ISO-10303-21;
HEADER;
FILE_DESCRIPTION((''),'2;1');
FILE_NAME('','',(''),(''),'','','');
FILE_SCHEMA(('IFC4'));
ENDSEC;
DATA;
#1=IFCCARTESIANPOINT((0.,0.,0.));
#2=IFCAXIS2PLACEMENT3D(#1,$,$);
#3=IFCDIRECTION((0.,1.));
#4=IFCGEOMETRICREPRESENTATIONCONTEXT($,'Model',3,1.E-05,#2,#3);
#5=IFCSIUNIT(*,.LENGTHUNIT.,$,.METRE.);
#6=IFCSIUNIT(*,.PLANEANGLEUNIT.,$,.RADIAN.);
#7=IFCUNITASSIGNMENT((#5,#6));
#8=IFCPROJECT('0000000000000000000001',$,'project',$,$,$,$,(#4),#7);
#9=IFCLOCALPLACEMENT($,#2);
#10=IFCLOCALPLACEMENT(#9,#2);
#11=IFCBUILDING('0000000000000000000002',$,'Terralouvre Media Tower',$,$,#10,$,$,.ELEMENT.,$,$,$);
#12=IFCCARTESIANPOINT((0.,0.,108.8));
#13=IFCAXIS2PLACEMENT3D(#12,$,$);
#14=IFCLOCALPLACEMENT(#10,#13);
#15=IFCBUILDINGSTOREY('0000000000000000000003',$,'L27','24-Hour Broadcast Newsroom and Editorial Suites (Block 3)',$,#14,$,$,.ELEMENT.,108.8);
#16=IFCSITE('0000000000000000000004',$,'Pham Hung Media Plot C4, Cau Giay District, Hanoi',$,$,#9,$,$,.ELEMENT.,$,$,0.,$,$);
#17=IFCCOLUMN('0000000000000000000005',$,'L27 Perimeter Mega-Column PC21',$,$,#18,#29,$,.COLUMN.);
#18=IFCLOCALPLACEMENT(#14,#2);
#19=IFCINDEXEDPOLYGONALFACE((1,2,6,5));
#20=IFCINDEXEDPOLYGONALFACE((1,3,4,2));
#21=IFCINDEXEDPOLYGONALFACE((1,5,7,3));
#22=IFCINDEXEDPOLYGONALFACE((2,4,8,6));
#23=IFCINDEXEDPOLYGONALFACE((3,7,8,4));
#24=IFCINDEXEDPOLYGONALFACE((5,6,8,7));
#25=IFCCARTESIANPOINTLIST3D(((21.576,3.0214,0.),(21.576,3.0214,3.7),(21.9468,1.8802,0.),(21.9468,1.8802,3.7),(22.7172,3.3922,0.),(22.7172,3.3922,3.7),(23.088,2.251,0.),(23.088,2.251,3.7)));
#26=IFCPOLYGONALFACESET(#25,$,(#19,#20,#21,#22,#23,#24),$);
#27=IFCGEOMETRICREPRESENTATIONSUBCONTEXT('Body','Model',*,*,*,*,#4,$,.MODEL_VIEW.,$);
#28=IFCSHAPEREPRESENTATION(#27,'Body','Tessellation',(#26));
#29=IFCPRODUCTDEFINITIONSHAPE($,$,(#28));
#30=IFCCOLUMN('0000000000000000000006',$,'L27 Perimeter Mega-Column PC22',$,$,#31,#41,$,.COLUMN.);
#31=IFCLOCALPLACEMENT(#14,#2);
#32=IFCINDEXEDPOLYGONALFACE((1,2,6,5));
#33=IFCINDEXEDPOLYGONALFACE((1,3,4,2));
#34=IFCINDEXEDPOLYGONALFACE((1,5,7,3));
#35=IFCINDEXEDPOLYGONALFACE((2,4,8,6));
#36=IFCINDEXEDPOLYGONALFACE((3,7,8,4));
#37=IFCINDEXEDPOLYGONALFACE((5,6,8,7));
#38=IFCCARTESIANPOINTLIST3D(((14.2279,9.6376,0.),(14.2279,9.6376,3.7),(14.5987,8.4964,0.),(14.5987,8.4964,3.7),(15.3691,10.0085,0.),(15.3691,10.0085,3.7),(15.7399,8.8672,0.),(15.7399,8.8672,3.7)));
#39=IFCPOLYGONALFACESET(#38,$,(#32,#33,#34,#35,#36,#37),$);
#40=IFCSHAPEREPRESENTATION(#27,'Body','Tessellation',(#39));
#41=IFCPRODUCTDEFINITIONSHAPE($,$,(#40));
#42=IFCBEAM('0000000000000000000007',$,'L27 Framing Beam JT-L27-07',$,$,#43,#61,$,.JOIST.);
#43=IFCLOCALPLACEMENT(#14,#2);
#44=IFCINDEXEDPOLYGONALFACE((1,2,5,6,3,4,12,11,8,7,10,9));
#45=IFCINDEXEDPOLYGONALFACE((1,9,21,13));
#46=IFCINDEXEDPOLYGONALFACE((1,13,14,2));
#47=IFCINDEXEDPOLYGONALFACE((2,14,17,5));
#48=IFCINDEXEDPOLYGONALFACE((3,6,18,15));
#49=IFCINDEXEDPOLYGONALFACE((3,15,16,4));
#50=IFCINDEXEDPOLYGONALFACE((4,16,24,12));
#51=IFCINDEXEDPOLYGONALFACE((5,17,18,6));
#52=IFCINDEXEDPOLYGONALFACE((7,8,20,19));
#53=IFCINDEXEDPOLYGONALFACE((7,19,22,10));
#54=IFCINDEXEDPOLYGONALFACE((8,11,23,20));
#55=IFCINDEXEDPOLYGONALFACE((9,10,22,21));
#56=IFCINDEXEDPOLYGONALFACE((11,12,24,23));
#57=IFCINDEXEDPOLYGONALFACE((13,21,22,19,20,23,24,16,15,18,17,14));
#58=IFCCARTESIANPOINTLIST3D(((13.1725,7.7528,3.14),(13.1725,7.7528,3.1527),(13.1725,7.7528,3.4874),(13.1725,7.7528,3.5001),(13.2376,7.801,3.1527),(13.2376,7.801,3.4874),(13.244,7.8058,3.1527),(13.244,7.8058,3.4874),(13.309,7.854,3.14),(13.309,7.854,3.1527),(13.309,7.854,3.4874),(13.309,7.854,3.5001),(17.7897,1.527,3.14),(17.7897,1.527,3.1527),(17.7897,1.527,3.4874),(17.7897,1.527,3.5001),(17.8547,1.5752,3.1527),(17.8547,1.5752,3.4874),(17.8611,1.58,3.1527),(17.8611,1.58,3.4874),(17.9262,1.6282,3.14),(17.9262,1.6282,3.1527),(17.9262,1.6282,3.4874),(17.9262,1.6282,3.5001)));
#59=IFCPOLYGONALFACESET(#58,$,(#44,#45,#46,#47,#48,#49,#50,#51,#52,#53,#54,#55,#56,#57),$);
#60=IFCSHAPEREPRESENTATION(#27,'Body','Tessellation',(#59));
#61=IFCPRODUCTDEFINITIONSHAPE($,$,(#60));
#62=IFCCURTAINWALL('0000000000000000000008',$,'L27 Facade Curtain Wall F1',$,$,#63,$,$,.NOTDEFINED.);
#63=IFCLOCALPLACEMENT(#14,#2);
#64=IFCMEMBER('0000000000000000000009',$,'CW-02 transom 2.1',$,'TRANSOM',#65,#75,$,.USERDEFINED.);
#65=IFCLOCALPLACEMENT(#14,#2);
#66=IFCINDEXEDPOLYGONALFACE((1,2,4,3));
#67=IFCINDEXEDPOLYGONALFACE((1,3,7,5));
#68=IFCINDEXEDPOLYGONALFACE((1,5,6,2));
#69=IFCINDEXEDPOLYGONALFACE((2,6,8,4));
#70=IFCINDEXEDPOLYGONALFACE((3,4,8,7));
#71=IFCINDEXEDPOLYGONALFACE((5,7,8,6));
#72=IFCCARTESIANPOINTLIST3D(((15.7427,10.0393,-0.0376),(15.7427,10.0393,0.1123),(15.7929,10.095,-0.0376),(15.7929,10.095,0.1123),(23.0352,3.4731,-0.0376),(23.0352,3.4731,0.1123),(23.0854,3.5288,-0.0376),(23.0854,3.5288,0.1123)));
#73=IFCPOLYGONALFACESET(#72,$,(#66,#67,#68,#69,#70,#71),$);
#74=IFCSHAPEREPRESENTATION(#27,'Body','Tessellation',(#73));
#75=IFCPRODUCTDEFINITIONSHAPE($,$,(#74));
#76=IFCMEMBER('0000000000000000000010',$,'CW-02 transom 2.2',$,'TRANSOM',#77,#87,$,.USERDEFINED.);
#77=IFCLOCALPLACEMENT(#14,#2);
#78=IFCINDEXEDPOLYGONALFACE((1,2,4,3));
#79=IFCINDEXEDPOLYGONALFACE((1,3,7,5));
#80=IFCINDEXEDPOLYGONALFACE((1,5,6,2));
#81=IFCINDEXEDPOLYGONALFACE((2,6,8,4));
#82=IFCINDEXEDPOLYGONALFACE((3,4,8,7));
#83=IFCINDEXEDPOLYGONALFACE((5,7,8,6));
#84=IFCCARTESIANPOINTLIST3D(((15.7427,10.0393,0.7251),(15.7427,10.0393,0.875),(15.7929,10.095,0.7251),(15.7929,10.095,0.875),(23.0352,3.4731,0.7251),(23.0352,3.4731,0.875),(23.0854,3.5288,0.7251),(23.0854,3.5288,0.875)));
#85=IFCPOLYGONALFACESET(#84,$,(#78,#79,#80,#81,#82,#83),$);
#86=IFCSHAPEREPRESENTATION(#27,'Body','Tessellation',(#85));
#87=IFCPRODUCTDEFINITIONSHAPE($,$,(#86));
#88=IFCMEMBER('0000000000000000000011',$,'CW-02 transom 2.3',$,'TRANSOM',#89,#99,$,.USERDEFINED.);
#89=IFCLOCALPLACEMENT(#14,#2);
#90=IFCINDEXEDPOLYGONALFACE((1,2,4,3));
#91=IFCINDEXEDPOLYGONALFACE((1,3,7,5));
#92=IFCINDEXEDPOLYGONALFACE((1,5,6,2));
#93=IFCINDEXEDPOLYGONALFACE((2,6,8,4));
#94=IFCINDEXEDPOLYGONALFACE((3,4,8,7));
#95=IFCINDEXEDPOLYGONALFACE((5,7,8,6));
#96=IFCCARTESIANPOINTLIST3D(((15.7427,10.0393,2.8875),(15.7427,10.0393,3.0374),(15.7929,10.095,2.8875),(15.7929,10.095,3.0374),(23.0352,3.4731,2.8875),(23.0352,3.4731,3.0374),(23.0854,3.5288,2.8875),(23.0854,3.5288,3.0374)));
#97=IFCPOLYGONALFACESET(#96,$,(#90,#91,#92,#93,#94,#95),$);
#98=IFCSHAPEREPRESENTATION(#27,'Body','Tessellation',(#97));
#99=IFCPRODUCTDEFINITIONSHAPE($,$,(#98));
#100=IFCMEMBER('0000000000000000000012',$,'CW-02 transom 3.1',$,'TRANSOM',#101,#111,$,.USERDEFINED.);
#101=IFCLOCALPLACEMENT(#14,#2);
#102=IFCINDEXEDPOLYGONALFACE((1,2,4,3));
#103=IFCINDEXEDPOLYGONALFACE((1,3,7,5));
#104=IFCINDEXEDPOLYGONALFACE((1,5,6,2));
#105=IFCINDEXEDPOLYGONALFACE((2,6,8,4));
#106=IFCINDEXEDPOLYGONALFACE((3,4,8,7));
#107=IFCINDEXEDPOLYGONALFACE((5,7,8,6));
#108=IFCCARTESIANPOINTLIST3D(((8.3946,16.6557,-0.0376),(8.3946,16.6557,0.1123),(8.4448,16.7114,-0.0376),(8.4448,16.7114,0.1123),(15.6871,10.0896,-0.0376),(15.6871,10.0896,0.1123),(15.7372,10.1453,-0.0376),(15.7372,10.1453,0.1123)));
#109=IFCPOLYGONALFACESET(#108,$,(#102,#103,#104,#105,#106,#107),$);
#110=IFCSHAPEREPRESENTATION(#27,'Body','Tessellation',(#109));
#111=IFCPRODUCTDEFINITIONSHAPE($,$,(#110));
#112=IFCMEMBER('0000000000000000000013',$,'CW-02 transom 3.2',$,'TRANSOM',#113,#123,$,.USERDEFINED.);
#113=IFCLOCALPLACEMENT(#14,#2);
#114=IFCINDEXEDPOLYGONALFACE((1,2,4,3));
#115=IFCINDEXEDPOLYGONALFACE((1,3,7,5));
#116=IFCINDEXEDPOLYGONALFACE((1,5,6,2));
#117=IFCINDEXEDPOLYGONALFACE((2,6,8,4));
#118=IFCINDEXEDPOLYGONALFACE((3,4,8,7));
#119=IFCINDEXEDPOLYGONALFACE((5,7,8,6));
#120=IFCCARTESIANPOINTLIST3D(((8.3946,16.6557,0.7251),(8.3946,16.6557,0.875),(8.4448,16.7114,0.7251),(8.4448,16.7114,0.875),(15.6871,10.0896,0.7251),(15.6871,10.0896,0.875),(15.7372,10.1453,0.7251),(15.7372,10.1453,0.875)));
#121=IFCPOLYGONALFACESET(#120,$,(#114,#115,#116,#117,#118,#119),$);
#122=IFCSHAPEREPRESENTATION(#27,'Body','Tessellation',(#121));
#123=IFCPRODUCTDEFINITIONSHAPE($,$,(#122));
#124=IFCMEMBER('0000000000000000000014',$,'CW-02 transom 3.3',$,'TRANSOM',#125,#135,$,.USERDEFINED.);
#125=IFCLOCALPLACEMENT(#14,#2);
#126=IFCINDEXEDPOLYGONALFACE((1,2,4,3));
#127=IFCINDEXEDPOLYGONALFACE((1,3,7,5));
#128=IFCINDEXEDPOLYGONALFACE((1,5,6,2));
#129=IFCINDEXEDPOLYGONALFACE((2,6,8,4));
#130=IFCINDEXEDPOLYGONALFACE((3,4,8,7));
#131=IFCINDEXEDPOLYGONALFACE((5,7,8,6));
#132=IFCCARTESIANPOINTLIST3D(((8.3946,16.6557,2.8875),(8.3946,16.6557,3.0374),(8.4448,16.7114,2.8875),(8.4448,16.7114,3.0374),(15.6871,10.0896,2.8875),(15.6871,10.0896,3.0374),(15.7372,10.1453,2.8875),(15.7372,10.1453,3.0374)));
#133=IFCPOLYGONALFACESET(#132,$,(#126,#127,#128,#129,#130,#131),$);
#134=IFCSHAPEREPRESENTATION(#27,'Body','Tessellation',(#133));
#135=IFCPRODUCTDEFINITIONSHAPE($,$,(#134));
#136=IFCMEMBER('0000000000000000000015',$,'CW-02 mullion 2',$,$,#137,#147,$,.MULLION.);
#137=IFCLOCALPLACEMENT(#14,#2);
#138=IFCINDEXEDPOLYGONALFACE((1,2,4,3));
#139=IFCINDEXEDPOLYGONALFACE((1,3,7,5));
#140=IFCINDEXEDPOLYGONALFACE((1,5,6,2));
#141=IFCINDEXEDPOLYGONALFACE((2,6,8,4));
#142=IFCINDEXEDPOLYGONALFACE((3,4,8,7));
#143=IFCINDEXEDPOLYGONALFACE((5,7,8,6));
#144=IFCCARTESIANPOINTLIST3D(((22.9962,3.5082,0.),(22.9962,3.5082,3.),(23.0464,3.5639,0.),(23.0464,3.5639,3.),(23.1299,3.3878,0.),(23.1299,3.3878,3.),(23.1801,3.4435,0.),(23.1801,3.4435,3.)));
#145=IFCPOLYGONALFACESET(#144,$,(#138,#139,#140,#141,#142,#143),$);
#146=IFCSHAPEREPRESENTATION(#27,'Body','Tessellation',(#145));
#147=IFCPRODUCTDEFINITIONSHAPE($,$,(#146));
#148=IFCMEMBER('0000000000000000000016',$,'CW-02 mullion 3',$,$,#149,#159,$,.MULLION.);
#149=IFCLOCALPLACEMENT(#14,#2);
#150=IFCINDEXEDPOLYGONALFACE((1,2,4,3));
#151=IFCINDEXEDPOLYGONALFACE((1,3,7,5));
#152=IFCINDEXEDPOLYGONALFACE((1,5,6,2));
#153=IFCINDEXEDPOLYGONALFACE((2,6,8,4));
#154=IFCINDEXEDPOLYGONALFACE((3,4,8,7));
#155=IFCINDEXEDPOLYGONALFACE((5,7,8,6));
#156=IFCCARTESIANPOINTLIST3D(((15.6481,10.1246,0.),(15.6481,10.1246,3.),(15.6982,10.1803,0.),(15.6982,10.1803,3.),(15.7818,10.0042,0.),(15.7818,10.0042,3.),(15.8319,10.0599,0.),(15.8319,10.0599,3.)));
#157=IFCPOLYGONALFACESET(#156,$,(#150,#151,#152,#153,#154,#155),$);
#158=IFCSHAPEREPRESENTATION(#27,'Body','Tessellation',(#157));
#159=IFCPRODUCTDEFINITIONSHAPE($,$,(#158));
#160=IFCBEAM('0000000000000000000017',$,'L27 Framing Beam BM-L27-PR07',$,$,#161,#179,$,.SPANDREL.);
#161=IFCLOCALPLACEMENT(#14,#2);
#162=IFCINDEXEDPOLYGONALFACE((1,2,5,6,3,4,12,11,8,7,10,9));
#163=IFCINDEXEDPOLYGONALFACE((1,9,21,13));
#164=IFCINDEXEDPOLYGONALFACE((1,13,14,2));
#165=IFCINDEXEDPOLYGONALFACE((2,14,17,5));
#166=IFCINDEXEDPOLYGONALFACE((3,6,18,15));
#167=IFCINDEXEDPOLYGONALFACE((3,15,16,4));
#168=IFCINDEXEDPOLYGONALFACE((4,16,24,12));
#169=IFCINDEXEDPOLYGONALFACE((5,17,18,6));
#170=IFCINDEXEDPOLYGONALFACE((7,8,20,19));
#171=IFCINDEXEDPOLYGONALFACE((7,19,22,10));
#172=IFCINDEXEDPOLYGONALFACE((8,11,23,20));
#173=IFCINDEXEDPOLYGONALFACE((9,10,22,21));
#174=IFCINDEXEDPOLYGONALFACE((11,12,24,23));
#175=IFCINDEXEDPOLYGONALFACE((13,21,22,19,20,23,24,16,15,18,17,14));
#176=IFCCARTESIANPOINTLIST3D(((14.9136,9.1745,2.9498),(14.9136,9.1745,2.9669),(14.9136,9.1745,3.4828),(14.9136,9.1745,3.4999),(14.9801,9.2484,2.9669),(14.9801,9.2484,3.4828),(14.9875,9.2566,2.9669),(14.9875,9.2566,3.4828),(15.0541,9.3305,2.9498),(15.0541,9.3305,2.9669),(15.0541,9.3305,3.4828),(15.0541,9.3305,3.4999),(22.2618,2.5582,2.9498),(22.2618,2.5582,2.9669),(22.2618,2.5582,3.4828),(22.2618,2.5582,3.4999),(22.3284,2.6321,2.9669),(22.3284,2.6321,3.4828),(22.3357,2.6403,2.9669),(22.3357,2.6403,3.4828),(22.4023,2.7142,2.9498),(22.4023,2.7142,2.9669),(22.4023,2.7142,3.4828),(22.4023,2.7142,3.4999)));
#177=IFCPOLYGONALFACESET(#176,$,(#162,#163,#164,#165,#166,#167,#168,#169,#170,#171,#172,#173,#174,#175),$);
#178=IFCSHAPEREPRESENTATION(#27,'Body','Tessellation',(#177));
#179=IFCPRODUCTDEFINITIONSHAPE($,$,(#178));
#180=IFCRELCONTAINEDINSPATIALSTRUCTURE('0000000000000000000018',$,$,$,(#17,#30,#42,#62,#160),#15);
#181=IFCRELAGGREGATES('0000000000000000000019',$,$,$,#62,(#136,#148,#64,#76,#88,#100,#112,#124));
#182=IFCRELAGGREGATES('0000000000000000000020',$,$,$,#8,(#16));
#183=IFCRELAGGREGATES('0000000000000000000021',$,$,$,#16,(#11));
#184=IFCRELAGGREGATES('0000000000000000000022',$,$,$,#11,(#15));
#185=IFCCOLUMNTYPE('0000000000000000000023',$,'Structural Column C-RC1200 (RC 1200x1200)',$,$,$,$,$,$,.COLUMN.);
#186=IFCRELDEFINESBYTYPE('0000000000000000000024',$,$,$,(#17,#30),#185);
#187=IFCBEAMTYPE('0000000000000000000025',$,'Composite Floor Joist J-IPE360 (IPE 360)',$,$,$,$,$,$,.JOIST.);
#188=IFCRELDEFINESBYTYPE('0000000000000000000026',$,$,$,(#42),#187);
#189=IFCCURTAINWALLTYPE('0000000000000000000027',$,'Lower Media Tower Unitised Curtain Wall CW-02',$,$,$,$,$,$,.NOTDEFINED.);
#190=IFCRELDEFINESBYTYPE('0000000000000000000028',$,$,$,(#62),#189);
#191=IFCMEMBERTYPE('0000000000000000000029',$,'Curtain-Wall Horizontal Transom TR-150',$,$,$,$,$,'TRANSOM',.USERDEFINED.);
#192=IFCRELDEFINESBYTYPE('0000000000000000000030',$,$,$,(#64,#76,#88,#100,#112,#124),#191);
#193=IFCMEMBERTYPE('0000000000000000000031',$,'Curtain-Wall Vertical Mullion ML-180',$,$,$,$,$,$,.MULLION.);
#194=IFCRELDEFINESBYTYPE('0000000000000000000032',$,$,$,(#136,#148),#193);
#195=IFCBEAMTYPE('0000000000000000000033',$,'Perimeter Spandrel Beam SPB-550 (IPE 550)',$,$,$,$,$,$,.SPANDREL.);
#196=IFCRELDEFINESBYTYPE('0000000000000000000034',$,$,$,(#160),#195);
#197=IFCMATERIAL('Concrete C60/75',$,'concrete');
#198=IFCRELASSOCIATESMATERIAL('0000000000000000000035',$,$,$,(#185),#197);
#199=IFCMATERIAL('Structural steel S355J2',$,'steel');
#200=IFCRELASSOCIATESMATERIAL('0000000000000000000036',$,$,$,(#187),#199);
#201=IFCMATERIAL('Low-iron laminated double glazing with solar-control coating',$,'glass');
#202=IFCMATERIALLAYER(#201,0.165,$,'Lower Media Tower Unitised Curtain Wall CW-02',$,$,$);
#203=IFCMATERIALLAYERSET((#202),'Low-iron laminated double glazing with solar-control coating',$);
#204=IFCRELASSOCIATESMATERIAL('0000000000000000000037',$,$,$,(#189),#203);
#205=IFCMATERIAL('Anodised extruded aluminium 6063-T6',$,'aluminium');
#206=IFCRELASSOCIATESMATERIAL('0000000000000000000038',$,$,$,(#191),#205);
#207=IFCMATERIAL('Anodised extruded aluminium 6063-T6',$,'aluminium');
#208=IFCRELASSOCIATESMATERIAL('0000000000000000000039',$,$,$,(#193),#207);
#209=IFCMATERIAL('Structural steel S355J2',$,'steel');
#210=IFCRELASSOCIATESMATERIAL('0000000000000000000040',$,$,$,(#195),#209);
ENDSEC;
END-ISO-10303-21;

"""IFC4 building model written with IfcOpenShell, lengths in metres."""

from ifc_helpers import new_model, si_unit, direction, frame, origin, origin_2d, place, context, subcontext, project, spatial, rectangle, i_section, extrude, material, layer, layer_set, material_profile, profile_set, type_object, element, aggregate, save


model = new_model("IFC4")

# Units and contexts
model_context = context("Model", 3, precision=1e-05, world=origin(), true_north=direction((0.0, 1.0)))
body_context = subcontext(model_context, "Body", "Model", "MODEL_VIEW")
ifc_project = project(units=[si_unit("LENGTHUNIT", "METRE"), si_unit("PLANEANGLEUNIT", "RADIAN")], contexts=[model_context])

# Site, building, storey
site_placement = place(None, origin())
site = spatial("IfcSite", under=ifc_project, at=site_placement, Name="Pham Hung Media Plot C4, Cau Giay District, Hanoi", CompositionType="ELEMENT", RefElevation=0.0)
building_placement = place(site_placement, origin())
building = spatial("IfcBuilding", under=site, at=building_placement, Name="Terralouvre Media Tower", CompositionType="ELEMENT")
storey_placement = place(building_placement, frame((0.0, 0.0, 108.8)))
storey = spatial("IfcBuildingStorey", under=building, at=storey_placement, Name="L27", Description="24-Hour Broadcast Newsroom and Editorial Suites (Block 3)", CompositionType="ELEMENT", Elevation=108.8)

# Columns
ifc_material_1 = material(Name="Concrete C60/75", Category="concrete")
ifc_material_profile_1 = material_profile(ifc_material_1, rectangle(XDim=1.2, YDim=1.2, at=origin_2d()), Name="RC 1200x1200")
ifc_profile_set_1 = profile_set([ifc_material_profile_1], Name="Concrete C60/75")
column_type = type_object("IfcColumnType", Name="Structural Column C-RC1200 (RC 1200x1200)", PredefinedType="COLUMN", material=ifc_profile_set_1)
for number, where, z_axis, x_axis, name in (
    (1, (22.332, 2.6362, 0.0), (0.0, 0.0, 1.0), (0.951057, 0.309017, 0.0), "L27 Perimeter Mega-Column PC21"),
    (2, (14.9839, 9.2524, 0.0), (0.0, 0.0, 1.0), (0.951057, 0.309017, 0.0), "L27 Perimeter Mega-Column PC22"),
):
    element("IfcColumn", number, at=place(storey_placement, frame(where, z_axis=z_axis, x_axis=x_axis)), inside=storey, type_object=column_type, Name=name, PredefinedType="COLUMN", context=body_context, shape_type="SweptSolid", body=[
        extrude(rectangle(XDim=1.2, YDim=1.2, at=origin_2d()), origin(), (0.0, 0.0, 1.0), 3.7),
    ])

# Beam
ifc_material_2 = material(Name="Structural steel S355J2", Category="steel")
ifc_material_profile_2 = material_profile(ifc_material_2, i_section(OverallWidth=0.1699, OverallDepth=0.3601, WebThickness=0.0081, FlangeThickness=0.0127, at=origin_2d()), Name="IPE 360")
ifc_profile_set_2 = profile_set([ifc_material_profile_2], Name="Structural steel S355J2")
beam_type_1 = type_object("IfcBeamType", Name="Composite Floor Joist J-IPE360 (IPE 360)", PredefinedType="JOIST", material=ifc_profile_set_2)
beam_1_placement = place(storey_placement, frame((17.8579, 1.5776, 3.3201), z_axis=(-0.595682, 0.80322, 0.0), x_axis=(-0.80322, -0.595682, 0.0)))
element("IfcBeam", 3, at=beam_1_placement, inside=storey, type_object=beam_type_1, Name="L27 Framing Beam JT-L27-07", PredefinedType="JOIST", context=body_context, shape_type="SweptSolid", body=[
    extrude(i_section(OverallWidth=0.1699, OverallDepth=0.3601, WebThickness=0.0081, FlangeThickness=0.0127, at=origin_2d()), origin(), (0.0, 0.0, 1.0), 7.751),
])

# Curtain wall, members
ifc_material_3 = material(Name="Low-iron laminated double glazing with solar-control coating", Category="glass")
ifc_layer_1 = layer(ifc_material_3, 0.165, Name="Lower Media Tower Unitised Curtain Wall CW-02")
ifc_layer_set_1 = layer_set([ifc_layer_1], Name="Low-iron laminated double glazing with solar-control coating")
curtain_wall_type = type_object("IfcCurtainWallType", Name="Lower Media Tower Unitised Curtain Wall CW-02", PredefinedType="NOTDEFINED", material=ifc_layer_set_1)
curtain_wall_placement = place(storey_placement, origin())
curtain_wall = element("IfcCurtainWall", 4, at=curtain_wall_placement, inside=storey, type_object=curtain_wall_type, Name="L27 Facade Curtain Wall F1", PredefinedType="NOTDEFINED")
ifc_material_4 = material(Name="Anodised extruded aluminium 6063-T6", Category="aluminium")
ifc_material_profile_3 = material_profile(ifc_material_4, rectangle(XDim=0.075, YDim=0.1499, at=origin_2d()), Name="ALU 75x150")
ifc_profile_set_3 = profile_set([ifc_material_profile_3], Name="Anodised extruded aluminium 6063-T6")
member_type_1 = type_object("IfcMemberType", Name="Curtain-Wall Horizontal Transom TR-150", ElementType="TRANSOM", PredefinedType="USERDEFINED", material=ifc_profile_set_3)
member_1_placement = place(storey_placement, frame((23.0603, 3.501, 0.0374), z_axis=(-0.743146, 0.66913, 0.0), x_axis=(-0.66913, -0.743146, 0.0)))
member_1 = element("IfcMember", 5, at=member_1_placement, type_object=member_type_1, Name="CW-02 transom 2.1", ObjectType="TRANSOM", PredefinedType="USERDEFINED", context=body_context, shape_type="SweptSolid", body=[
    extrude(rectangle(XDim=0.075, YDim=0.1499, at=origin_2d()), origin(), (0.0, 0.0, 1.0), 9.813),
])
member_2_placement = place(storey_placement, frame((23.0603, 3.501, 0.8), z_axis=(-0.743146, 0.66913, 0.0), x_axis=(-0.66913, -0.743146, 0.0)))
member_2 = element("IfcMember", 6, at=member_2_placement, type_object=member_type_1, Name="CW-02 transom 2.2", ObjectType="TRANSOM", PredefinedType="USERDEFINED", context=body_context, shape_type="SweptSolid", body=[
    extrude(rectangle(XDim=0.075, YDim=0.1499, at=origin_2d()), origin(), (0.0, 0.0, 1.0), 9.813),
])
member_3_placement = place(storey_placement, frame((23.0603, 3.501, 2.9624), z_axis=(-0.743146, 0.66913, 0.0), x_axis=(-0.66913, -0.743146, 0.0)))
member_3 = element("IfcMember", 7, at=member_3_placement, type_object=member_type_1, Name="CW-02 transom 2.3", ObjectType="TRANSOM", PredefinedType="USERDEFINED", context=body_context, shape_type="SweptSolid", body=[
    extrude(rectangle(XDim=0.075, YDim=0.1499, at=origin_2d()), origin(), (0.0, 0.0, 1.0), 9.813),
])
member_4_placement = place(storey_placement, frame((15.7122, 10.1174, 0.0374), z_axis=(-0.743146, 0.66913, 0.0), x_axis=(-0.66913, -0.743146, 0.0)))
member_4 = element("IfcMember", 8, at=member_4_placement, type_object=member_type_1, Name="CW-02 transom 3.1", ObjectType="TRANSOM", PredefinedType="USERDEFINED", context=body_context, shape_type="SweptSolid", body=[
    extrude(rectangle(XDim=0.075, YDim=0.1499, at=origin_2d()), origin(), (0.0, 0.0, 1.0), 9.813),
])
member_5_placement = place(storey_placement, frame((15.7122, 10.1174, 0.8), z_axis=(-0.743146, 0.66913, 0.0), x_axis=(-0.66913, -0.743146, 0.0)))
member_5 = element("IfcMember", 9, at=member_5_placement, type_object=member_type_1, Name="CW-02 transom 3.2", ObjectType="TRANSOM", PredefinedType="USERDEFINED", context=body_context, shape_type="SweptSolid", body=[
    extrude(rectangle(XDim=0.075, YDim=0.1499, at=origin_2d()), origin(), (0.0, 0.0, 1.0), 9.813),
])
member_6_placement = place(storey_placement, frame((15.7122, 10.1174, 2.9624), z_axis=(-0.743146, 0.66913, 0.0), x_axis=(-0.66913, -0.743146, 0.0)))
member_6 = element("IfcMember", 10, at=member_6_placement, type_object=member_type_1, Name="CW-02 transom 3.3", ObjectType="TRANSOM", PredefinedType="USERDEFINED", context=body_context, shape_type="SweptSolid", body=[
    extrude(rectangle(XDim=0.075, YDim=0.1499, at=origin_2d()), origin(), (0.0, 0.0, 1.0), 9.813),
])
ifc_material_5 = material(Name="Anodised extruded aluminium 6063-T6", Category="aluminium")
ifc_material_profile_4 = material_profile(ifc_material_5, rectangle(XDim=0.075, YDim=0.1799, at=origin_2d()), Name="ALU 75x180")
ifc_profile_set_4 = profile_set([ifc_material_profile_4], Name="Anodised extruded aluminium 6063-T6")
member_type_2 = type_object("IfcMemberType", Name="Curtain-Wall Vertical Mullion ML-180", PredefinedType="MULLION", material=ifc_profile_set_4)
member_7_placement = place(storey_placement, frame((23.0881, 3.4758, 0.0), z_axis=(0.0, 0.0, 1.0), x_axis=(-0.669131, -0.743145, 0.0)))
member_7 = element("IfcMember", 11, at=member_7_placement, type_object=member_type_2, Name="CW-02 mullion 2", PredefinedType="MULLION", context=body_context, shape_type="SweptSolid", body=[
    extrude(rectangle(XDim=0.075, YDim=0.1799, at=origin_2d()), origin(), (0.0, 0.0, 1.0), 3.0),
])
member_8_placement = place(storey_placement, frame((15.74, 10.0923, 0.0), z_axis=(0.0, 0.0, 1.0), x_axis=(-0.669131, -0.743145, 0.0)))
member_8 = element("IfcMember", 12, at=member_8_placement, type_object=member_type_2, Name="CW-02 mullion 3", PredefinedType="MULLION", context=body_context, shape_type="SweptSolid", body=[
    extrude(rectangle(XDim=0.075, YDim=0.1799, at=origin_2d()), origin(), (0.0, 0.0, 1.0), 3.0),
])

# Beam
ifc_material_6 = material(Name="Structural steel S355J2", Category="steel")
ifc_material_profile_5 = material_profile(ifc_material_6, i_section(OverallWidth=0.21, OverallDepth=0.55, WebThickness=0.011, FlangeThickness=0.0171, at=origin_2d()), Name="IPE 550")
ifc_profile_set_5 = profile_set([ifc_material_profile_5], Name="Structural steel S355J2")
beam_type_2 = type_object("IfcBeamType", Name="Perimeter Spandrel Beam SPB-550 (IPE 550)", PredefinedType="SPANDREL", material=ifc_profile_set_5)
beam_2_placement = place(storey_placement, frame((22.332, 2.6362, 3.2249), z_axis=(-0.743149, 0.669126, 0.0), x_axis=(-0.669126, -0.743149, 0.0)))
element("IfcBeam", 13, at=beam_2_placement, inside=storey, type_object=beam_type_2, Name="L27 Framing Beam BM-L27-PR07", PredefinedType="SPANDREL", context=body_context, shape_type="SweptSolid", body=[
    extrude(i_section(OverallWidth=0.21, OverallDepth=0.55, WebThickness=0.011, FlangeThickness=0.0171, at=origin_2d()), origin(), (0.0, 0.0, 1.0), 9.8879),
])

aggregate(curtain_wall, [member_7, member_8, member_1, member_2, member_3, member_4, member_5, member_6])

save(model, "model.ifc")
